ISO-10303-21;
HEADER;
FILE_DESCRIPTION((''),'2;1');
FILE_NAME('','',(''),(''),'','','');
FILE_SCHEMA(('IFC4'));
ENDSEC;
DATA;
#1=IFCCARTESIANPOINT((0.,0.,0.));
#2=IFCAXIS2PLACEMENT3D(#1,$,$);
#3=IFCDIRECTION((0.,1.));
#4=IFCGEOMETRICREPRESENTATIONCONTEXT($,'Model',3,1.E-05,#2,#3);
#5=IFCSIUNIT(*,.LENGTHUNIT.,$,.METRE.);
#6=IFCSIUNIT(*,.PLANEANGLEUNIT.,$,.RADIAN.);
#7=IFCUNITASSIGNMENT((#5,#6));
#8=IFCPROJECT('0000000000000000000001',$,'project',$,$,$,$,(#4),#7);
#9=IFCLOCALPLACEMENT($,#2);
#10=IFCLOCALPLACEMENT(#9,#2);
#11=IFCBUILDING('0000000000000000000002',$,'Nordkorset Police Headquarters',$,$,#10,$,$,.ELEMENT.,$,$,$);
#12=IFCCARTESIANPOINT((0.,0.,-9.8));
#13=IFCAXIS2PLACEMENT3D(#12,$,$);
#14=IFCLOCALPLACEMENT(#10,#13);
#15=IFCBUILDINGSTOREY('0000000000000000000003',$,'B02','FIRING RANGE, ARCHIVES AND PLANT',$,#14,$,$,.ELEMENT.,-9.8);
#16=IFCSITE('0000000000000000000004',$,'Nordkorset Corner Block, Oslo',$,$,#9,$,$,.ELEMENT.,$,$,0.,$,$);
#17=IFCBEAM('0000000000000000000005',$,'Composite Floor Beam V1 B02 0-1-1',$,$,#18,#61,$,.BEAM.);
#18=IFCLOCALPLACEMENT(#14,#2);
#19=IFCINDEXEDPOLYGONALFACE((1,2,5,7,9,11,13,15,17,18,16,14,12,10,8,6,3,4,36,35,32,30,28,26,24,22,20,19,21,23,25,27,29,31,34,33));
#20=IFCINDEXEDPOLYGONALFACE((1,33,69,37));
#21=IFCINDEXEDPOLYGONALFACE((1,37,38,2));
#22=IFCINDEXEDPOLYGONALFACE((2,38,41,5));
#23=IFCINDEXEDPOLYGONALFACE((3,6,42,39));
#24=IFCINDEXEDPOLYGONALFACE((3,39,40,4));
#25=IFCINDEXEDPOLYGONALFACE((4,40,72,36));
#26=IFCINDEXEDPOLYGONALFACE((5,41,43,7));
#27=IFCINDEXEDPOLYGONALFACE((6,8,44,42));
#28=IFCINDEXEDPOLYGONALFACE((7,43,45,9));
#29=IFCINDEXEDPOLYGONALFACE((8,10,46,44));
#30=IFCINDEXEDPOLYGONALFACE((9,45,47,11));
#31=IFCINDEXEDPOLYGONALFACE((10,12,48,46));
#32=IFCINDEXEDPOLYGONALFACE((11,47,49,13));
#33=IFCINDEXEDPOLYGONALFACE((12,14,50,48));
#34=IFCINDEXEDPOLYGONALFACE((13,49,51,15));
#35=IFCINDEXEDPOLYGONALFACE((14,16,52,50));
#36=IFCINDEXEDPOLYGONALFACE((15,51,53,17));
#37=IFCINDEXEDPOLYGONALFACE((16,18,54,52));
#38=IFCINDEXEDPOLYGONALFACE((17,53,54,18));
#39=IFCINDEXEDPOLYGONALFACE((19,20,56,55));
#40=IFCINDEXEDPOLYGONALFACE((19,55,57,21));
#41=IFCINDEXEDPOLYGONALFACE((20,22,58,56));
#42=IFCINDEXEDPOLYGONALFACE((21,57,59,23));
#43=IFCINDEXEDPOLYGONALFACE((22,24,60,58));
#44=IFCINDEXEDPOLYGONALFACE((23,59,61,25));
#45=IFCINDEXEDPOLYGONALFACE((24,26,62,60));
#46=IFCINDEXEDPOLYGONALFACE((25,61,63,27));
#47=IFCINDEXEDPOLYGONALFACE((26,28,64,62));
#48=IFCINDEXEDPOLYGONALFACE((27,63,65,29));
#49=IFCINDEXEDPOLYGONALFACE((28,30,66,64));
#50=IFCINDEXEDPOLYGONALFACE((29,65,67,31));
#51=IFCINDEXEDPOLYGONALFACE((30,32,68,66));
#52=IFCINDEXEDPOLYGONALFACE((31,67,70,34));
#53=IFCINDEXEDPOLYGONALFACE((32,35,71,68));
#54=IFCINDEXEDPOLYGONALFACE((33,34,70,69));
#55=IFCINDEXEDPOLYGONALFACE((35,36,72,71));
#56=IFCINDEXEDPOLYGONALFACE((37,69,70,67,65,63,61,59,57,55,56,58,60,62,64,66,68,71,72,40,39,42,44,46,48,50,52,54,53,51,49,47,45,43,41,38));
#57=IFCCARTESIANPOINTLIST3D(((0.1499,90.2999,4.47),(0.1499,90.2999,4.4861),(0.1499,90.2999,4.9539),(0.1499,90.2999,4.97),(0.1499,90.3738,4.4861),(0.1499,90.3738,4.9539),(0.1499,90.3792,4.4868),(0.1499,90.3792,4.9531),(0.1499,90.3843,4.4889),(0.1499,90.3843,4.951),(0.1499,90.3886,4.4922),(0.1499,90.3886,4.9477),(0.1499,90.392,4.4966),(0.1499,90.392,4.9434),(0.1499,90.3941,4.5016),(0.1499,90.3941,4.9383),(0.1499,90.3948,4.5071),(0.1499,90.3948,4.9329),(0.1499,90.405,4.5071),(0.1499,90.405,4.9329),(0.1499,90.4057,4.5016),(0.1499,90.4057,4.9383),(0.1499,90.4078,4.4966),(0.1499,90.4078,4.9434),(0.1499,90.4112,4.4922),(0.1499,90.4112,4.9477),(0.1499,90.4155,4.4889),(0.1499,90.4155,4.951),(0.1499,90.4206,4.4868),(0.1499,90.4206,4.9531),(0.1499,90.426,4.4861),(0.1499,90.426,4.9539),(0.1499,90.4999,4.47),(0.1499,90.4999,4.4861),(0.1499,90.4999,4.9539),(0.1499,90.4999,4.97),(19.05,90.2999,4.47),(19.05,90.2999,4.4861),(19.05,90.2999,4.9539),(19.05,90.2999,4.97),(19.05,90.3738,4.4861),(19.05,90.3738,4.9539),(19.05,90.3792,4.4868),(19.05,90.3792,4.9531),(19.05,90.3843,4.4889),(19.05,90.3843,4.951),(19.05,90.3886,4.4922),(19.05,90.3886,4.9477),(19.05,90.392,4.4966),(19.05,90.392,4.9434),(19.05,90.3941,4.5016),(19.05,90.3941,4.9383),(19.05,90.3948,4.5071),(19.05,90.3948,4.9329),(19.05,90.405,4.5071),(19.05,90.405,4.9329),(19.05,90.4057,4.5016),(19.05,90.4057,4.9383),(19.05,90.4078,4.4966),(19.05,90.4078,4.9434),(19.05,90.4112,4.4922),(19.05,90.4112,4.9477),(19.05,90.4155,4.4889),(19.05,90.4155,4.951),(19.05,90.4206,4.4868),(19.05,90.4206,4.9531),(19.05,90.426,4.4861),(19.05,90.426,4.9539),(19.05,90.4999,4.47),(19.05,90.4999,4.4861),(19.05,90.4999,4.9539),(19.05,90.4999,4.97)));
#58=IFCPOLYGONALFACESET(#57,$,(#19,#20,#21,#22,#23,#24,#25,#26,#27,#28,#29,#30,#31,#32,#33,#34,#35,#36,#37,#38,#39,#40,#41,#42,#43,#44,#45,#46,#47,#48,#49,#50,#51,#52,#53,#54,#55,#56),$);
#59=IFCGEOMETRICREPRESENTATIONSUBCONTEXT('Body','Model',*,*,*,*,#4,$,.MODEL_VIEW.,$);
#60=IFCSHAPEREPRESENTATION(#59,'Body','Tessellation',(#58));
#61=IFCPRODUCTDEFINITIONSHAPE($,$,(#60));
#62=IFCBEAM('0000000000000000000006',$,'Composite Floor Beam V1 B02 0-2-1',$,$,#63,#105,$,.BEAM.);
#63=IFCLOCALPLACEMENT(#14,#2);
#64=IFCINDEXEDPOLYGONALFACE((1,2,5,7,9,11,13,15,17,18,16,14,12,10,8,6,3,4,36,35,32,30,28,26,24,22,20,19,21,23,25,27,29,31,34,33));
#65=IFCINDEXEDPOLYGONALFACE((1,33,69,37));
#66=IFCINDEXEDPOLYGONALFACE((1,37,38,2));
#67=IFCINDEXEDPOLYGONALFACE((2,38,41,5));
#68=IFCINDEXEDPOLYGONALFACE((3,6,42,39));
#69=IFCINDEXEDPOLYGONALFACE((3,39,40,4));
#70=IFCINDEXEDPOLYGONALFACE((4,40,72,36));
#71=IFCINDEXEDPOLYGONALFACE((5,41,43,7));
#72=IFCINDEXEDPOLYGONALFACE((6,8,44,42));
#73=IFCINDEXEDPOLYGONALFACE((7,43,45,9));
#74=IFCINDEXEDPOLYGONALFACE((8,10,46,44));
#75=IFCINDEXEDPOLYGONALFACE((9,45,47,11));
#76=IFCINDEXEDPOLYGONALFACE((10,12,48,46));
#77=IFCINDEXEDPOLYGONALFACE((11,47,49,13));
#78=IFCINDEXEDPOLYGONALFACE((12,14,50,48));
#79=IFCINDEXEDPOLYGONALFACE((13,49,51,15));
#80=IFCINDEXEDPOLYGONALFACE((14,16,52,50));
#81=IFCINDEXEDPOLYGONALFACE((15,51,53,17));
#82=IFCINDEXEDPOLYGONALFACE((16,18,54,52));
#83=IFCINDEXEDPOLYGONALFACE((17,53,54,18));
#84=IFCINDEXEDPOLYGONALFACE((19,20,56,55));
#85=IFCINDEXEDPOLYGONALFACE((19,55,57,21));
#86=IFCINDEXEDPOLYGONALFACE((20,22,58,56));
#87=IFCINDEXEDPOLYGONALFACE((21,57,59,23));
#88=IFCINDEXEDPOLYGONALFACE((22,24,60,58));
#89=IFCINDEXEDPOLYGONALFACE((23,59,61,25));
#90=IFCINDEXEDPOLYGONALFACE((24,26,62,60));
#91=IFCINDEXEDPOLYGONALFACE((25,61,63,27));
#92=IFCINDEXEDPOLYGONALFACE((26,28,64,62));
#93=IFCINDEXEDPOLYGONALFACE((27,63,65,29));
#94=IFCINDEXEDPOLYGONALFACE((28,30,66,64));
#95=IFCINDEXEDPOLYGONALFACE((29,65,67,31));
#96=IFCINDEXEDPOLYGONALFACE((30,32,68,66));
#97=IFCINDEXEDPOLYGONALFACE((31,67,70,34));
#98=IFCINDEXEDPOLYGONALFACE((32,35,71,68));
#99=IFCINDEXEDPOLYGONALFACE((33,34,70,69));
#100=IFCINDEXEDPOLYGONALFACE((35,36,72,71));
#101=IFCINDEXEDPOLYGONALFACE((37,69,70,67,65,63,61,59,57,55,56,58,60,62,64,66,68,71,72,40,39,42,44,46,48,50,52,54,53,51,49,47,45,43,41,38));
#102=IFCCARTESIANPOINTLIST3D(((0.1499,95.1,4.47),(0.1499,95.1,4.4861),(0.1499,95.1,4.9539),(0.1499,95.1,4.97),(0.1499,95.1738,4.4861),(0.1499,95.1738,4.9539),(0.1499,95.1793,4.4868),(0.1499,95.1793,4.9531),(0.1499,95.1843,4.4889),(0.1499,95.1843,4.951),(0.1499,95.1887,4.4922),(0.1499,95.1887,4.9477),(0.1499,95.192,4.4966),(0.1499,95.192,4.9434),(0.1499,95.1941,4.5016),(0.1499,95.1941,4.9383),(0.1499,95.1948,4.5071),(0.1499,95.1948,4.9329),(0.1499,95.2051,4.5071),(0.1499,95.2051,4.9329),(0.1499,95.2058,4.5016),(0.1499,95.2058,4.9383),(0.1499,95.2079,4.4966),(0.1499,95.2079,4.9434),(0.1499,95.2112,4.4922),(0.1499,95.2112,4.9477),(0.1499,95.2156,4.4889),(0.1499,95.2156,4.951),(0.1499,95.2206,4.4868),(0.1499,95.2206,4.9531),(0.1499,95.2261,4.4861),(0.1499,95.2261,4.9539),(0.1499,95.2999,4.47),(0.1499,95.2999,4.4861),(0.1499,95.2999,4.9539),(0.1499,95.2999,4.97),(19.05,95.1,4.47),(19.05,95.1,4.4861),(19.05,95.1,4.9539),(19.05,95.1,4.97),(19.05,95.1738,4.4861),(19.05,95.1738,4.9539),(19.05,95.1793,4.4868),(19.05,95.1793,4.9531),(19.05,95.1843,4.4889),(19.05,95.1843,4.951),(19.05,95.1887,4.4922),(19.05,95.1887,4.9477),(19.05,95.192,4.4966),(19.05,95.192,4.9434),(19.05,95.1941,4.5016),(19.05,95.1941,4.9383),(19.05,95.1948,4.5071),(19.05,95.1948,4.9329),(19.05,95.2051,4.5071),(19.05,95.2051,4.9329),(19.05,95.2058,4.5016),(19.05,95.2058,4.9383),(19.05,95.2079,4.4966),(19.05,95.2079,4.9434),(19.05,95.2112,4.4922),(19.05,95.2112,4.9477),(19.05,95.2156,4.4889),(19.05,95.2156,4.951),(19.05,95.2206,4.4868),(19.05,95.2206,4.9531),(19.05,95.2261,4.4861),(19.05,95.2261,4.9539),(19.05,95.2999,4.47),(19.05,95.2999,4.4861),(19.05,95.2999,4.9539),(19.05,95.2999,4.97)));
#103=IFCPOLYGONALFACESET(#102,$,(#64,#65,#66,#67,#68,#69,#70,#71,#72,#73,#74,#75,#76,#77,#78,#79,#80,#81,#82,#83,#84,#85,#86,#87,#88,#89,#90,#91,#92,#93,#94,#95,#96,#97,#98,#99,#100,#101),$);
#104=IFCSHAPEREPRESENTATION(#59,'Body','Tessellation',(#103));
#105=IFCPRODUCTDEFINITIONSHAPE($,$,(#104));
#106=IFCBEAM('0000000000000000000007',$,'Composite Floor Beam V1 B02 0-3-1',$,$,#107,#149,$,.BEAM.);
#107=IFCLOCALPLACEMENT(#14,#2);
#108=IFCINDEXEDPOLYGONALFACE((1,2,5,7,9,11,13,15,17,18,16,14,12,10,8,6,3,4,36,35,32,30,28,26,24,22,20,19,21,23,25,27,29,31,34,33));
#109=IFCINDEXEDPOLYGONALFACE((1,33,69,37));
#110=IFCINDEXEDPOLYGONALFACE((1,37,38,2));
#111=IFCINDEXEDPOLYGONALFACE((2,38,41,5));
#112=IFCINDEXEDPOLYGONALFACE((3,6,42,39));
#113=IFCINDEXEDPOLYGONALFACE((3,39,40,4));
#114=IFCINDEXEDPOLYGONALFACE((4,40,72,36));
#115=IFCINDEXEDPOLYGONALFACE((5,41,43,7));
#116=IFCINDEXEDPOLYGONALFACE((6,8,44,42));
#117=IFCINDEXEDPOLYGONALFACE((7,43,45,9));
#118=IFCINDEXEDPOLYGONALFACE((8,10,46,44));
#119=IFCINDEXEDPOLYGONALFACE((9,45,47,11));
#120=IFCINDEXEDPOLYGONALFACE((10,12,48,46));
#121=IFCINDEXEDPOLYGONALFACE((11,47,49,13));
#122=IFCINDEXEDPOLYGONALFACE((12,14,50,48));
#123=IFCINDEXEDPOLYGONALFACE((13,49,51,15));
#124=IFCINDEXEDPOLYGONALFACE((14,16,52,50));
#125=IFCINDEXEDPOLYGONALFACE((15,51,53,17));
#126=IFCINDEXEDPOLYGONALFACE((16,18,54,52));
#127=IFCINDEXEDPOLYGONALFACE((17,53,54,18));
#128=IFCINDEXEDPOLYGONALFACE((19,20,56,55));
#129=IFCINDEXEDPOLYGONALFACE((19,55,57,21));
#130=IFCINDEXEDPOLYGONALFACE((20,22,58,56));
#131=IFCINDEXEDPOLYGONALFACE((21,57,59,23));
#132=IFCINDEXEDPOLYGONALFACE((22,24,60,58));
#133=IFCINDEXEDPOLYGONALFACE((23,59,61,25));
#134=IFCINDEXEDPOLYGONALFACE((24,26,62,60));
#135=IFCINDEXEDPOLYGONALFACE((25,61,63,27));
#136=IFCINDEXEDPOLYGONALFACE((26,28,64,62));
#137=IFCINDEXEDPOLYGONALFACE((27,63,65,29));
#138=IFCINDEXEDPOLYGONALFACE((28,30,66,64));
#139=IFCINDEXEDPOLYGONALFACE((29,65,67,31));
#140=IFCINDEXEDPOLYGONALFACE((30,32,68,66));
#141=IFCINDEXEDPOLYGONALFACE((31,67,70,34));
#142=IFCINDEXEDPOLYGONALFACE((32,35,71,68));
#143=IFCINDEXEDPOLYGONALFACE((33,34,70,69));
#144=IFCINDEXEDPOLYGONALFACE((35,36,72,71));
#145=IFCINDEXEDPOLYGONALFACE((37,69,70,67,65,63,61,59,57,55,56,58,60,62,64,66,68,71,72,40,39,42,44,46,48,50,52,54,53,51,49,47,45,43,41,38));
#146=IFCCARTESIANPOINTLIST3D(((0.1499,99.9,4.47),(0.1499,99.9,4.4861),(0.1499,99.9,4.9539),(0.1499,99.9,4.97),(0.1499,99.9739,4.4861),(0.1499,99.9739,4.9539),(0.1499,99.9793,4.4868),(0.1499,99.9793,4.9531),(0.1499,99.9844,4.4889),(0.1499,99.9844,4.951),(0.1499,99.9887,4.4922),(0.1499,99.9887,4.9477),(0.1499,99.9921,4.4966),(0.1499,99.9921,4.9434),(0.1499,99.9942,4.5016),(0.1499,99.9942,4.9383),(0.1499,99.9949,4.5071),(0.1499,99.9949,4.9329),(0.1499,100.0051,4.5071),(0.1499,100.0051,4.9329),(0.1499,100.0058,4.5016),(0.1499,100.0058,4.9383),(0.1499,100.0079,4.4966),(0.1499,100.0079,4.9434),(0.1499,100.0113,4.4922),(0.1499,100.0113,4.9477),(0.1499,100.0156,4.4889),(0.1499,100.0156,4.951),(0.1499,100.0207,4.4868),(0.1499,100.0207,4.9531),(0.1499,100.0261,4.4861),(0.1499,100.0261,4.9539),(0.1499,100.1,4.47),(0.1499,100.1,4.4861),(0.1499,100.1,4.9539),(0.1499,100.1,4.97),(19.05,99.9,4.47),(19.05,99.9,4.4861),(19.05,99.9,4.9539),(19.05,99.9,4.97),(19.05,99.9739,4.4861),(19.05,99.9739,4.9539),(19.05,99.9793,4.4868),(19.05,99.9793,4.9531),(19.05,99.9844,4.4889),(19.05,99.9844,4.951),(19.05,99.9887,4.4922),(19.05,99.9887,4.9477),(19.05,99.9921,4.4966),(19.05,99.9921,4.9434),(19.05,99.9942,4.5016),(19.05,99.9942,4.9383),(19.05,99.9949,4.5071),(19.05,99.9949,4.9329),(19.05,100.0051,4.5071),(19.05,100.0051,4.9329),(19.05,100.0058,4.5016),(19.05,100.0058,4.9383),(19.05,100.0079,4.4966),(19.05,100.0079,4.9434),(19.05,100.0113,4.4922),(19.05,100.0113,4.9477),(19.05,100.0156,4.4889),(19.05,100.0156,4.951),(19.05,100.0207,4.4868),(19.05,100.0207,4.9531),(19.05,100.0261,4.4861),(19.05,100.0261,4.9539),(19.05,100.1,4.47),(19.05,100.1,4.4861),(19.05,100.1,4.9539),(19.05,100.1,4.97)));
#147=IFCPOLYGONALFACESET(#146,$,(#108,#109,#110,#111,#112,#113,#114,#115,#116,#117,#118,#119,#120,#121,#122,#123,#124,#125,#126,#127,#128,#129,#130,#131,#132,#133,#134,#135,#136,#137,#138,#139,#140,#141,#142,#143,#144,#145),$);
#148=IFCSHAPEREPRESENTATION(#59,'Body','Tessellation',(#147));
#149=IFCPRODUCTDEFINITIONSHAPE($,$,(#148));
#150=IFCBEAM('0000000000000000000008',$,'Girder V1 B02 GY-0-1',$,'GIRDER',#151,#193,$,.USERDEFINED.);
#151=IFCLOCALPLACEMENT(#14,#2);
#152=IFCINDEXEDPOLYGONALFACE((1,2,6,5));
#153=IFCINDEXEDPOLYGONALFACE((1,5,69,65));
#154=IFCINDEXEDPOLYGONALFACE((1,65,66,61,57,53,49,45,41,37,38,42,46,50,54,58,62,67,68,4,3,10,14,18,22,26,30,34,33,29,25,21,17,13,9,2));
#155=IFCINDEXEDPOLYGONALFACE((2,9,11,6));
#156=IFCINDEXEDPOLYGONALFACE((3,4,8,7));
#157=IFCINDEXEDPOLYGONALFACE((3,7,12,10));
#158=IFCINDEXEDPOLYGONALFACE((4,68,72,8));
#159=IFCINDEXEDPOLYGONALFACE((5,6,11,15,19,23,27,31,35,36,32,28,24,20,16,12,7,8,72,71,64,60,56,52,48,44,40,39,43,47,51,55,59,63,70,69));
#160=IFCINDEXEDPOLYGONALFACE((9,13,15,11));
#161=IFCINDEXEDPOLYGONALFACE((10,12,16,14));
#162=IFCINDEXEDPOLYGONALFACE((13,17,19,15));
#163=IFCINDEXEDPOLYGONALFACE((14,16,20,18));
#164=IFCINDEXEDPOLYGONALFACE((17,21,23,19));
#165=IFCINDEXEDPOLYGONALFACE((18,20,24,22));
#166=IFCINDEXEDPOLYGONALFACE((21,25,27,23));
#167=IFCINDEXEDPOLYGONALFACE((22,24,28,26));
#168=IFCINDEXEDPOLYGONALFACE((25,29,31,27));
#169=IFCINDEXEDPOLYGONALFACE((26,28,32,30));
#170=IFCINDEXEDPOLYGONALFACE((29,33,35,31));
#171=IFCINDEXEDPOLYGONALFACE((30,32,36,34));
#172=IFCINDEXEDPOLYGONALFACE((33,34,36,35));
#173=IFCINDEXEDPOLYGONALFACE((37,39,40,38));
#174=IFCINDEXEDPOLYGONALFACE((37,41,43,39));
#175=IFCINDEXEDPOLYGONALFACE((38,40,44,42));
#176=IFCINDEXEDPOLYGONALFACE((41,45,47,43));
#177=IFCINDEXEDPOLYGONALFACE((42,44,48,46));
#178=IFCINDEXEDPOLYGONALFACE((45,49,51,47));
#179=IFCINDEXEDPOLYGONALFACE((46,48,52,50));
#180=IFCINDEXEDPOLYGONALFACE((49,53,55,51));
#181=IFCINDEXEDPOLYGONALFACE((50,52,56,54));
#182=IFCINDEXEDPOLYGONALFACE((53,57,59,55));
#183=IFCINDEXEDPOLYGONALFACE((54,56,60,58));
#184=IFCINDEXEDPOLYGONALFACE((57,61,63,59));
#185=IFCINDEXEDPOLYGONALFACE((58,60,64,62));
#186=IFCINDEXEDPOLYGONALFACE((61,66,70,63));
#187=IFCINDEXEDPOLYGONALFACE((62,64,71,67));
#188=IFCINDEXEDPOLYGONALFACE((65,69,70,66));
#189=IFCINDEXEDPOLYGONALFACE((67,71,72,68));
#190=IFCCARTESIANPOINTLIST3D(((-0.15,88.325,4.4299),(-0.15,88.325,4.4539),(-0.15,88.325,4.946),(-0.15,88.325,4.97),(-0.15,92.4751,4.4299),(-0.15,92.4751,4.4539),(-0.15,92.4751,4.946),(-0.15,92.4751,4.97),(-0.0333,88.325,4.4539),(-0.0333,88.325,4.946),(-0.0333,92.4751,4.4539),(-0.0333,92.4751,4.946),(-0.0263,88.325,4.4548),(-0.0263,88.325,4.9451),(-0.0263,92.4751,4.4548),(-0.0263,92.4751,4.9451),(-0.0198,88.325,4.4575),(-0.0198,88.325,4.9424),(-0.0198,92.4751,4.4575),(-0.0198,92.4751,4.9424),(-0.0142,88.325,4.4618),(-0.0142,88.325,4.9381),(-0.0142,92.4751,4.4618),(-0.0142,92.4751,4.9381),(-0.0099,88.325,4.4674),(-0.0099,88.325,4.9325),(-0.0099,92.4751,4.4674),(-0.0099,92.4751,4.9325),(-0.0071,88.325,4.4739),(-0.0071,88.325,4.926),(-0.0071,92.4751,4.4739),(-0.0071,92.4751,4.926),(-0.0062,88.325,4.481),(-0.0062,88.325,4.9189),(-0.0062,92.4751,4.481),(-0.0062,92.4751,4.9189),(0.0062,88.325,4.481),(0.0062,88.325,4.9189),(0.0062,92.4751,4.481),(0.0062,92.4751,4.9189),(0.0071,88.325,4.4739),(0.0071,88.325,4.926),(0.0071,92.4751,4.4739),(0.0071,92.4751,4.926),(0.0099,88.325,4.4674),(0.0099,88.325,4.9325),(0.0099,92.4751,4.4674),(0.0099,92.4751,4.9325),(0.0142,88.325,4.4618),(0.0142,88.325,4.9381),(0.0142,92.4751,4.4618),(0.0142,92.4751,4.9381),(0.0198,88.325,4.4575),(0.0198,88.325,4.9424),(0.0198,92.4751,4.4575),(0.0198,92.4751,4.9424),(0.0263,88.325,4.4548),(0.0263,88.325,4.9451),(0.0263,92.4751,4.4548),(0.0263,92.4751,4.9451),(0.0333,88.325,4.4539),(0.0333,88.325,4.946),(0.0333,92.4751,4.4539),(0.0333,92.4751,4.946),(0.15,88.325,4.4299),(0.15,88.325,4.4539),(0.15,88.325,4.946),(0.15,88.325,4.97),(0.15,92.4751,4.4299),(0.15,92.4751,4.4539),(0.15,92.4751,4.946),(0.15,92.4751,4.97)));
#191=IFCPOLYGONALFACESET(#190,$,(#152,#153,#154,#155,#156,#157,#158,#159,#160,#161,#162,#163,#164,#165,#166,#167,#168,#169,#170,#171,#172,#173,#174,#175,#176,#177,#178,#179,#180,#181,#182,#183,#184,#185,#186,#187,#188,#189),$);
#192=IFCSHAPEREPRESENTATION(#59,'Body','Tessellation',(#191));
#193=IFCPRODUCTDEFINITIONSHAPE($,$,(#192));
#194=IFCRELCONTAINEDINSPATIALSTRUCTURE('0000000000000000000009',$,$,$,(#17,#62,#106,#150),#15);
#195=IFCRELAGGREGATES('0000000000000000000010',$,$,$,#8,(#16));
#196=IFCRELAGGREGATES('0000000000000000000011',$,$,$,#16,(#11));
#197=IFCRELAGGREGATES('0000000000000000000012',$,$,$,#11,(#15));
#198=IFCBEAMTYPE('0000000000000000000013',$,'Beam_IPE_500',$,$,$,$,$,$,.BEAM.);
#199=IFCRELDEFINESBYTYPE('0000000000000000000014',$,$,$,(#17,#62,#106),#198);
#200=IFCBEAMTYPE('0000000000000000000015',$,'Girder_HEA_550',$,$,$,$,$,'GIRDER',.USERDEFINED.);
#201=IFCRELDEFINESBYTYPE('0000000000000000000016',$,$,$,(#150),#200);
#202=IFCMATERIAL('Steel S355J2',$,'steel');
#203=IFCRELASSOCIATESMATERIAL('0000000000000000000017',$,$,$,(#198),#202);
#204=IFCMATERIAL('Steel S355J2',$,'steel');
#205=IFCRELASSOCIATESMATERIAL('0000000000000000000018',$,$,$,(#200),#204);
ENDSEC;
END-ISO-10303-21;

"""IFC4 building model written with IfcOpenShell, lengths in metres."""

from ifc_helpers import new_model, si_unit, direction, frame, origin, origin_2d, place, context, subcontext, project, spatial, i_section, extrude, material, material_profile, profile_set, type_object, element, save


model = new_model("IFC4")

# Units and contexts
model_context = context("Model", 3, precision=1e-05, world=origin(), true_north=direction((0.0, 1.0)))
body_context = subcontext(model_context, "Body", "Model", "MODEL_VIEW")
ifc_project = project(units=[si_unit("LENGTHUNIT", "METRE"), si_unit("PLANEANGLEUNIT", "RADIAN")], contexts=[model_context])

# Site, building, storey
site_placement = place(None, origin())
site = spatial("IfcSite", under=ifc_project, at=site_placement, Name="Nordkorset Corner Block, Oslo", CompositionType="ELEMENT", RefElevation=0.0)
building_placement = place(site_placement, origin())
building = spatial("IfcBuilding", under=site, at=building_placement, Name="Nordkorset Police Headquarters", CompositionType="ELEMENT")
storey_placement = place(building_placement, frame((0.0, 0.0, -9.8)))
storey = spatial("IfcBuildingStorey", under=building, at=storey_placement, Name="B02", Description="FIRING RANGE, ARCHIVES AND PLANT", CompositionType="ELEMENT", Elevation=-9.8)

# Beams
ifc_material_1 = material(Name="Steel S355J2", Category="steel")
ifc_material_profile_1 = material_profile(ifc_material_1, i_section(OverallWidth=0.2, OverallDepth=0.5, WebThickness=0.0103, FlangeThickness=0.0161, FilletRadius=0.021, at=origin_2d()), Name="IPE 500")
ifc_profile_set_1 = profile_set([ifc_material_profile_1], Name="Steel S355J2")
beam_type_1 = type_object("IfcBeamType", Name="Beam_IPE_500", PredefinedType="BEAM", material=ifc_profile_set_1)
for number, where, z_axis, x_axis, name in (
    (1, (0.1499, 90.3999, 4.72), (1.0, 0.0, 0.0), (0.0, 1.0, 0.0), "Composite Floor Beam V1 B02 0-1-1"),
    (2, (0.1499, 95.2, 4.72), (1.0, 0.0, 0.0), (0.0, 1.0, 0.0), "Composite Floor Beam V1 B02 0-2-1"),
    (3, (0.1499, 100.0, 4.72), (1.0, 0.0, 0.0), (0.0, 1.0, 0.0), "Composite Floor Beam V1 B02 0-3-1"),
):
    element("IfcBeam", number, at=place(storey_placement, frame(where, z_axis=z_axis, x_axis=x_axis)), inside=storey, type_object=beam_type_1, Name=name, PredefinedType="BEAM", context=body_context, shape_type="SweptSolid", body=[
        extrude(i_section(OverallWidth=0.2, OverallDepth=0.5, WebThickness=0.0103, FlangeThickness=0.0161, FilletRadius=0.021, at=origin_2d()), origin(), (0.0, 0.0, 1.0), 18.9001),
    ])
ifc_material_2 = material(Name="Steel S355J2", Category="steel")
ifc_material_profile_2 = material_profile(ifc_material_2, i_section(OverallWidth=0.3, OverallDepth=0.54, WebThickness=0.0125, FlangeThickness=0.0239, FilletRadius=0.0271, at=origin_2d()), Name="HEA 550")
ifc_profile_set_2 = profile_set([ifc_material_profile_2], Name="Steel S355J2")
beam_type_2 = type_object("IfcBeamType", Name="Girder_HEA_550", ElementType="GIRDER", PredefinedType="USERDEFINED", material=ifc_profile_set_2)
beam_1_placement = place(storey_placement, frame((0.0, 88.325, 4.7), z_axis=(0.0, 1.0, 0.0), x_axis=(-1.0, 0.0, 0.0)))
element("IfcBeam", 4, at=beam_1_placement, inside=storey, type_object=beam_type_2, Name="Girder V1 B02 GY-0-1", ObjectType="GIRDER", PredefinedType="USERDEFINED", context=body_context, shape_type="SweptSolid", body=[
    extrude(i_section(OverallWidth=0.3, OverallDepth=0.54, WebThickness=0.0125, FlangeThickness=0.0239, FilletRadius=0.0271, at=origin_2d()), origin(), (0.0, 0.0, 1.0), 4.1501),
])

save(model, "model.ifc")
